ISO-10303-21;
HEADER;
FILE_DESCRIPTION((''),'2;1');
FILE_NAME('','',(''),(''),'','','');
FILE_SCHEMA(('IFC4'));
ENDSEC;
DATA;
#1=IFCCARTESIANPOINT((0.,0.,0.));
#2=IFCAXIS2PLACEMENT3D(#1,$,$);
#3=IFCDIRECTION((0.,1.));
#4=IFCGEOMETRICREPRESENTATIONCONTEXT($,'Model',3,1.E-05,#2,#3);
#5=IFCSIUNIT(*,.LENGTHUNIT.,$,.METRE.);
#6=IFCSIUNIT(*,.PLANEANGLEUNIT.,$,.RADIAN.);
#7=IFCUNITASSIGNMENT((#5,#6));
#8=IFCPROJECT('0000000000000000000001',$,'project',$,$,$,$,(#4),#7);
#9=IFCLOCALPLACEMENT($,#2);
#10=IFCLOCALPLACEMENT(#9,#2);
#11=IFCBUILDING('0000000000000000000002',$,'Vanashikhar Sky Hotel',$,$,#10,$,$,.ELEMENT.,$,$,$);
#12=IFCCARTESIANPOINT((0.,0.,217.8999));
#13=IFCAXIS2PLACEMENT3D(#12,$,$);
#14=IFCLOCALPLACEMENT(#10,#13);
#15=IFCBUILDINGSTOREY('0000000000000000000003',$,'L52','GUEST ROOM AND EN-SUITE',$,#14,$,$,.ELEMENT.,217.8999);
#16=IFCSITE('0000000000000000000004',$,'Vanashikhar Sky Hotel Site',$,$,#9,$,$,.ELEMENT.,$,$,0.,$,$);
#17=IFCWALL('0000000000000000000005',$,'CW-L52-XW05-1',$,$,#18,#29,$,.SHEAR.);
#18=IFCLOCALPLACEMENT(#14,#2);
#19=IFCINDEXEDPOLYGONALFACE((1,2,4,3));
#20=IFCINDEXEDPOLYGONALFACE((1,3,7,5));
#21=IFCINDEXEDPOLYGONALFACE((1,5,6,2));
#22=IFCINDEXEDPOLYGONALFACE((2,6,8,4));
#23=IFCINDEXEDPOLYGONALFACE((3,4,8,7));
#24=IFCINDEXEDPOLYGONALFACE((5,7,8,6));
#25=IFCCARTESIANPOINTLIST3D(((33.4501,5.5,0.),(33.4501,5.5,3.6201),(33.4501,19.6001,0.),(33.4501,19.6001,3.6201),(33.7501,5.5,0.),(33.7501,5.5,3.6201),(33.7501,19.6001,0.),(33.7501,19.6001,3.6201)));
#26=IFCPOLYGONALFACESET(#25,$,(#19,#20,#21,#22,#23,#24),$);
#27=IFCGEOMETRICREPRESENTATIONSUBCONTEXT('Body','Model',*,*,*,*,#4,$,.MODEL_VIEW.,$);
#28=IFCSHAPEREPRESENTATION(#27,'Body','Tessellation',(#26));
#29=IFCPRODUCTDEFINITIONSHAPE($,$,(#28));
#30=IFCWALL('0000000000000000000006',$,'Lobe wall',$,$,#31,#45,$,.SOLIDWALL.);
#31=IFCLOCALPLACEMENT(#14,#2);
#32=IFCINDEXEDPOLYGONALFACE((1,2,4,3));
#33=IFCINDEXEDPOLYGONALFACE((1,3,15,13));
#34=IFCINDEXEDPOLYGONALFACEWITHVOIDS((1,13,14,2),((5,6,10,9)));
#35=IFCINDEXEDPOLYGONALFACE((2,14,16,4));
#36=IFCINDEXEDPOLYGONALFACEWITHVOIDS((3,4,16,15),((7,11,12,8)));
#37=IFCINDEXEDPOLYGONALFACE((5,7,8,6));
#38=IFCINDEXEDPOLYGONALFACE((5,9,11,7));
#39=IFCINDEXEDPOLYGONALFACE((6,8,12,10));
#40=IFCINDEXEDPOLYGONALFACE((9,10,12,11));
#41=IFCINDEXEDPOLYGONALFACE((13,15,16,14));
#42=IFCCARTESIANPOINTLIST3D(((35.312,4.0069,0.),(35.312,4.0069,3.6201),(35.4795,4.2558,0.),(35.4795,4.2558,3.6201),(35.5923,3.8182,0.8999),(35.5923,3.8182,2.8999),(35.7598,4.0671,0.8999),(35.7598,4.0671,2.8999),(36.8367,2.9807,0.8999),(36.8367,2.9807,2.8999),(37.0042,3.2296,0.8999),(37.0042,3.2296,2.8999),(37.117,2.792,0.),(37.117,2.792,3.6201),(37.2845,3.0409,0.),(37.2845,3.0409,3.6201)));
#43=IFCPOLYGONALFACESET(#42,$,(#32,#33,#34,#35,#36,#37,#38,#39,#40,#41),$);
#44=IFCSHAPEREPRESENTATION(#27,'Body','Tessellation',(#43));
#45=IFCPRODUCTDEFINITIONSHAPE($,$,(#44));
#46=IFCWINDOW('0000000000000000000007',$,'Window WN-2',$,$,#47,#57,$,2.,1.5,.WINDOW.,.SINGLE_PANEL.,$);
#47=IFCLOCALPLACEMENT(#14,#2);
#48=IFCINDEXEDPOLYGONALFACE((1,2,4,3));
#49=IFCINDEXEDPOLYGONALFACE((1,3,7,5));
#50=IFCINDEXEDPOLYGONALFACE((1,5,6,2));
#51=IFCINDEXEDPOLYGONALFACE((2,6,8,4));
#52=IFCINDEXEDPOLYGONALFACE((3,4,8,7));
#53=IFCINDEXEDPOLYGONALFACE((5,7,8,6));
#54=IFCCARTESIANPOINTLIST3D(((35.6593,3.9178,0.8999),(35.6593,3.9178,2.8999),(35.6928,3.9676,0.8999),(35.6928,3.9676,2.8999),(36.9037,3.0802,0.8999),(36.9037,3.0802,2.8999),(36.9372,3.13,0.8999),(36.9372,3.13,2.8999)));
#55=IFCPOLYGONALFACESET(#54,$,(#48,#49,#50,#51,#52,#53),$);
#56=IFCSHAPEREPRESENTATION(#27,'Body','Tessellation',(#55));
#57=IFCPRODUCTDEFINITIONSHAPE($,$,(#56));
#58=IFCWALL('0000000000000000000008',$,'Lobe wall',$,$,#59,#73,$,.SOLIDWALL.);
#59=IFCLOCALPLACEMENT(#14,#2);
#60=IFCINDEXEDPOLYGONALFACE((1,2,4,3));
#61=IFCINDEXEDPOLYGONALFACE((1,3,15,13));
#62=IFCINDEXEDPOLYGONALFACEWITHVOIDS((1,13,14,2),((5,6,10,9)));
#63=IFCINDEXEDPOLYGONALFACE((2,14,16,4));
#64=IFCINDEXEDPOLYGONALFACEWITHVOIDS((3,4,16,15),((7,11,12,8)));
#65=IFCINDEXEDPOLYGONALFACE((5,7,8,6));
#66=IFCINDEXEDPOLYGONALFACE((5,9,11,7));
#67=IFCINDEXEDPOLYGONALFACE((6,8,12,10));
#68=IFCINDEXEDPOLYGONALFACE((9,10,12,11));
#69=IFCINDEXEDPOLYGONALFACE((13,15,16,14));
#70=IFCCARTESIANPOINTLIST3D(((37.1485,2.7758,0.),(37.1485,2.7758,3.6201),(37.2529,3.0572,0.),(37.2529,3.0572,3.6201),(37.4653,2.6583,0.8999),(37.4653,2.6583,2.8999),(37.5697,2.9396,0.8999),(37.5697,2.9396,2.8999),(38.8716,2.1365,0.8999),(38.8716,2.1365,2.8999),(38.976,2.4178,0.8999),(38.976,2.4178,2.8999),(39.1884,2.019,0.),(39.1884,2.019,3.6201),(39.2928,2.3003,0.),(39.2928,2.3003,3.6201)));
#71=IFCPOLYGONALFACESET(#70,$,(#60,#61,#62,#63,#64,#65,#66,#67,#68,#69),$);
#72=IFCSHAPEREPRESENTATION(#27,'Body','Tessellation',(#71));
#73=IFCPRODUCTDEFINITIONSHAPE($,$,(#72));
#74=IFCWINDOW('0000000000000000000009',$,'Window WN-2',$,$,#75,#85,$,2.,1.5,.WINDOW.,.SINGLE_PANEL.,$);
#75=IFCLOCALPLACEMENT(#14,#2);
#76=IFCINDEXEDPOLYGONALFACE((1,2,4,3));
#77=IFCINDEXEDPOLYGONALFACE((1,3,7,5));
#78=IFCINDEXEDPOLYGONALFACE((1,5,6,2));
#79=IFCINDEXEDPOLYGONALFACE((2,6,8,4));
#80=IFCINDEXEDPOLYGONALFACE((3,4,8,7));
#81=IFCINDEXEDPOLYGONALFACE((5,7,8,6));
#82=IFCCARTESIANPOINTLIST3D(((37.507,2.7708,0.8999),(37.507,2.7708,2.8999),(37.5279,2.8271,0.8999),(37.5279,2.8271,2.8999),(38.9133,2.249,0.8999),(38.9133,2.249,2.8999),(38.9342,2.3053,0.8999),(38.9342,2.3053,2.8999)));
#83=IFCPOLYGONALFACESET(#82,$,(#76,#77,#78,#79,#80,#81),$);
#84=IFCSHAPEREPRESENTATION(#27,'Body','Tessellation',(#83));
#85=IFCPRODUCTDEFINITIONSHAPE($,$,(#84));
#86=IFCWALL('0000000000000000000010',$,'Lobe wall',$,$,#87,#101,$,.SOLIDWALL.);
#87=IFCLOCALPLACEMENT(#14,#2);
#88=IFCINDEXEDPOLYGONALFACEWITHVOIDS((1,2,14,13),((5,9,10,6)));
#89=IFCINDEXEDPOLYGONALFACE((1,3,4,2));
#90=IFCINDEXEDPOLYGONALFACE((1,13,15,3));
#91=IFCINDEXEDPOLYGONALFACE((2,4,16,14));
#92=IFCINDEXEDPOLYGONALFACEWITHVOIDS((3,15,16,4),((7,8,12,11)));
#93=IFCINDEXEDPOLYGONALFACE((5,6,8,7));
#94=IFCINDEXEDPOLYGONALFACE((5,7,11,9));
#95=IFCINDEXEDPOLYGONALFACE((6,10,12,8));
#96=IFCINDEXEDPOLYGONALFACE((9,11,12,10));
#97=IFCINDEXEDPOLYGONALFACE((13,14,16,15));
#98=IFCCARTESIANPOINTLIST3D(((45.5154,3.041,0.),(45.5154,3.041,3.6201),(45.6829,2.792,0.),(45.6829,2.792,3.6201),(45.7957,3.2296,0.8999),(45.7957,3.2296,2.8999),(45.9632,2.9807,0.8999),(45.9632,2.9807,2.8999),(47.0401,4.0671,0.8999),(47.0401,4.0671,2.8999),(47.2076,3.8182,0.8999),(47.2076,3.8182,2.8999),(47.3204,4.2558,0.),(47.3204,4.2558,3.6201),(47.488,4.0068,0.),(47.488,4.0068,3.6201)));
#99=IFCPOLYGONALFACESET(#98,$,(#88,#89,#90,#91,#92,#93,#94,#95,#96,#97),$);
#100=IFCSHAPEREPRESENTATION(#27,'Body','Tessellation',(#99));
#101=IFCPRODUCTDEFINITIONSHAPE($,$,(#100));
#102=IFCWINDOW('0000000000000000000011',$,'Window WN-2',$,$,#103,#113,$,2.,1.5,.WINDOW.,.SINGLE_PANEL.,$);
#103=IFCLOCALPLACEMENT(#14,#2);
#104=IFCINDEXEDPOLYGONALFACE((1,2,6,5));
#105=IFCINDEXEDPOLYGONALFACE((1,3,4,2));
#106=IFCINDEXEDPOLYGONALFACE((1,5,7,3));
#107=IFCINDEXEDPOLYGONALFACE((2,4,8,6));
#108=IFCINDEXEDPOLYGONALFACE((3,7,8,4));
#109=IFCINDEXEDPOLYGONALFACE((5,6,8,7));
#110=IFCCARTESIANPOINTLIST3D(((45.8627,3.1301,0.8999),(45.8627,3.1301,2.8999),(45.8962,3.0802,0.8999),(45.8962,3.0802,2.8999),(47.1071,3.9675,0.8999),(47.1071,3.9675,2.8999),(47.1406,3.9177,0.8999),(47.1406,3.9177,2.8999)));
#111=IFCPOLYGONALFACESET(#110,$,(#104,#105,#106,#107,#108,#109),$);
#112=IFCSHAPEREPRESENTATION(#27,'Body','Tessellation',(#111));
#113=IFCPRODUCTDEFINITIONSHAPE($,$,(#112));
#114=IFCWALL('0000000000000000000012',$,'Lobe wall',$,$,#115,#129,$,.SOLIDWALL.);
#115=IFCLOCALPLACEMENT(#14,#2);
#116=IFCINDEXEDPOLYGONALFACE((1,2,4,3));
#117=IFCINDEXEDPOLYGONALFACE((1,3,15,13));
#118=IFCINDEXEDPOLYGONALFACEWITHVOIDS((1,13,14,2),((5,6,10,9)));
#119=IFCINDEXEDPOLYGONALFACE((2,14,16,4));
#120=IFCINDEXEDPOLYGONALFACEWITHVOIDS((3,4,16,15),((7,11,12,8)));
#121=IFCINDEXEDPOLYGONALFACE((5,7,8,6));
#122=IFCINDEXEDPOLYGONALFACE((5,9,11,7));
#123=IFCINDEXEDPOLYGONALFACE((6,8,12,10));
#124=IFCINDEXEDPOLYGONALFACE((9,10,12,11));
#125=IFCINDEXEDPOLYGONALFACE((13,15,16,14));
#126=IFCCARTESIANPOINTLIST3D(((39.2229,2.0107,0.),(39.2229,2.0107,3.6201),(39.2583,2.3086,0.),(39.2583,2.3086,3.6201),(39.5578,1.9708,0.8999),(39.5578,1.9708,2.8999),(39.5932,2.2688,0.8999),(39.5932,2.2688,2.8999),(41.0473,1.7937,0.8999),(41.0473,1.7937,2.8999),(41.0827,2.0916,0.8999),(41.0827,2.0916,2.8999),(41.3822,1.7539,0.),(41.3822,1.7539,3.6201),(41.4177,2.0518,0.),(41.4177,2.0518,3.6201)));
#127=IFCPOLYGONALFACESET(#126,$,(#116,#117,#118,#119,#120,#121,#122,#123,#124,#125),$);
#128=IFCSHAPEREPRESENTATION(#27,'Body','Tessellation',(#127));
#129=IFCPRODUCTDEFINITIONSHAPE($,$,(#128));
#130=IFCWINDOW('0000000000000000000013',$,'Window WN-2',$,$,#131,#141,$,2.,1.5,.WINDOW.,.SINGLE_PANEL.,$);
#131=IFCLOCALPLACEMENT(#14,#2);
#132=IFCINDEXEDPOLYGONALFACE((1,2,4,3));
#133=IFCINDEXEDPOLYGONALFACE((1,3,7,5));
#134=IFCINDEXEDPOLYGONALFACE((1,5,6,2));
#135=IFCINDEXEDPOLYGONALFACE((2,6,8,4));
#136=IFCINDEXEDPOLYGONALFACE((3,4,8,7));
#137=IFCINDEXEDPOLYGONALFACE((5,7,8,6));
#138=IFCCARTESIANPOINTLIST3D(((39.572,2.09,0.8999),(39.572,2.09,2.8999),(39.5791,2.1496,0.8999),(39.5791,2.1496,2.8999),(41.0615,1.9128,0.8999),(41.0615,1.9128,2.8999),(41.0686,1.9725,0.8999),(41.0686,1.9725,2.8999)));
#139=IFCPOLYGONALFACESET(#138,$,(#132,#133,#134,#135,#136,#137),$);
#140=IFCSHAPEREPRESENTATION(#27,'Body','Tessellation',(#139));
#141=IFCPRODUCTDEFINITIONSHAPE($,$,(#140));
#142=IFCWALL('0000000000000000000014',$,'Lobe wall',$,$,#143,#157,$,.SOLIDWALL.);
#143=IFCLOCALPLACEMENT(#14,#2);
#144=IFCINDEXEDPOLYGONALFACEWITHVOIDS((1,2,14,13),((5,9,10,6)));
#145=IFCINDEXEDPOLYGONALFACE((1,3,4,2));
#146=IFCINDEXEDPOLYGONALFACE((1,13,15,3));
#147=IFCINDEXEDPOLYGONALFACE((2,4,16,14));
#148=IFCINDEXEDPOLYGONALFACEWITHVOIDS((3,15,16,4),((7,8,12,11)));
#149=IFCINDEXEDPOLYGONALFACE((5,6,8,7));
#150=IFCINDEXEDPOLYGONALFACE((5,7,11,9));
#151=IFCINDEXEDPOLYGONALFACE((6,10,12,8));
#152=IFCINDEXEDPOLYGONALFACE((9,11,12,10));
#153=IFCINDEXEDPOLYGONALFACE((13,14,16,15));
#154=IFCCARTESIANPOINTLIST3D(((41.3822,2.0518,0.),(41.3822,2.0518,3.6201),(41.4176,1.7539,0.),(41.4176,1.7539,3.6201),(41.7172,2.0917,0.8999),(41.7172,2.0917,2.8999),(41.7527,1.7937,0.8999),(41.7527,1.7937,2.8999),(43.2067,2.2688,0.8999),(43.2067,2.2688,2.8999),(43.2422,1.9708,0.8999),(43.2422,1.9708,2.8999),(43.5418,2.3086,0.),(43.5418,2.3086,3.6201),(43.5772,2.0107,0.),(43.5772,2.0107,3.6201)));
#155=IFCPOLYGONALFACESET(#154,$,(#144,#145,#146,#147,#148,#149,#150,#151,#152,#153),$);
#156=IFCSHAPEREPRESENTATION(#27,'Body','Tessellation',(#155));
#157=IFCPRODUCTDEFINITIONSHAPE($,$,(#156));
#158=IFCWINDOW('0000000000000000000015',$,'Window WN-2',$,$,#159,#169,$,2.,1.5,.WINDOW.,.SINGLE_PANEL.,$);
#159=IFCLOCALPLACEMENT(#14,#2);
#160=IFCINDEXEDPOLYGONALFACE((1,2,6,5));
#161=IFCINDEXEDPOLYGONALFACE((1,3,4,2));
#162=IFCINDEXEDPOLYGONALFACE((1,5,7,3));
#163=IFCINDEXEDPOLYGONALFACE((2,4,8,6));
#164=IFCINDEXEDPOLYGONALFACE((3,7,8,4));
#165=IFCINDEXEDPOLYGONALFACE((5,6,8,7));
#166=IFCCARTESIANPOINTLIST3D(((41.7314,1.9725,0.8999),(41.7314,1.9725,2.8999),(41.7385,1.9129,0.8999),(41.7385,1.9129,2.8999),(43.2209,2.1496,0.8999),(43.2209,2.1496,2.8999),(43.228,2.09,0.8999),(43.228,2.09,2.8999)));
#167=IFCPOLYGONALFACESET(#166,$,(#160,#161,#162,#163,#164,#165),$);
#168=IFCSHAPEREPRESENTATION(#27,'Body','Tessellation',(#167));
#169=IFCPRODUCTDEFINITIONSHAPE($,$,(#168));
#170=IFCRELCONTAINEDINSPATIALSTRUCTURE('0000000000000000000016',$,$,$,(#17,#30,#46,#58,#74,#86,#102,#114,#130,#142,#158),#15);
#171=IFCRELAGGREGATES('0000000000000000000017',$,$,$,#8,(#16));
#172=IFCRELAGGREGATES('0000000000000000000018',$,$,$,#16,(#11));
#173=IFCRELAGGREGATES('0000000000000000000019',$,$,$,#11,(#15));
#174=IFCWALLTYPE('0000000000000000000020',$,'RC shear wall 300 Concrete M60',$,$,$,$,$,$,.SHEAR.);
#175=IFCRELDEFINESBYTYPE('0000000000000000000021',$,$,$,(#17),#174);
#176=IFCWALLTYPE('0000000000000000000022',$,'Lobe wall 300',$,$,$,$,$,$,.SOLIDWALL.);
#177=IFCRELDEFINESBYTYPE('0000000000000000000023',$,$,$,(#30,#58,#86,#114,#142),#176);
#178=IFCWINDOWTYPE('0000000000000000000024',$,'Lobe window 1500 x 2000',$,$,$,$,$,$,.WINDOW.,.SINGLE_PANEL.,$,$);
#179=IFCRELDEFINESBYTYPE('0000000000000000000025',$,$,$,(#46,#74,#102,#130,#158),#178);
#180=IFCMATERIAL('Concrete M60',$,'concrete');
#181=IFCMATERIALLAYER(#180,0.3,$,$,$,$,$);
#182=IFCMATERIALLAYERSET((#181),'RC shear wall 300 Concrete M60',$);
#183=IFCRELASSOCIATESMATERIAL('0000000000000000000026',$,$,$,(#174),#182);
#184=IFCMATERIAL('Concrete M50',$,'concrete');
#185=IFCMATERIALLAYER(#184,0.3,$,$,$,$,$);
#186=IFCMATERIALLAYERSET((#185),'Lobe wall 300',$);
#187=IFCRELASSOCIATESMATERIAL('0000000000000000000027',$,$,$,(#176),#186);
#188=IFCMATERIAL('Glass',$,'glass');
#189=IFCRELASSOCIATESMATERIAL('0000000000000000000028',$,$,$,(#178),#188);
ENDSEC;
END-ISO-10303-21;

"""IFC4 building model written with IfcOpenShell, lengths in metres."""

from ifc_helpers import new_model, si_unit, direction, frame, frame_2d, origin, place, context, subcontext, project, spatial, rectangle, extrude, source, transform, mapped, material, layer, layer_set, type_object, element, fill, save


model = new_model("IFC4")

# Units and contexts
model_context = context("Model", 3, precision=1e-05, world=origin(), true_north=direction((0.0, 1.0)))
body_context = subcontext(model_context, "Body", "Model", "MODEL_VIEW")
ifc_project = project(units=[si_unit("LENGTHUNIT", "METRE"), si_unit("PLANEANGLEUNIT", "RADIAN")], contexts=[model_context])

# Site, building, storey
site_placement = place(None, origin())
site = spatial("IfcSite", under=ifc_project, at=site_placement, Name="Vanashikhar Sky Hotel Site", CompositionType="ELEMENT", RefElevation=0.0)
building_placement = place(site_placement, origin())
building = spatial("IfcBuilding", under=site, at=building_placement, Name="Vanashikhar Sky Hotel", CompositionType="ELEMENT")
storey_placement = place(building_placement, frame((0.0, 0.0, 217.8999)))
storey = spatial("IfcBuildingStorey", under=building, at=storey_placement, Name="L52", Description="GUEST ROOM AND EN-SUITE", CompositionType="ELEMENT", Elevation=217.8999)

# Wall
ifc_material_1 = material(Name="Concrete M60", Category="concrete")
ifc_layer_1 = layer(ifc_material_1, 0.3)
ifc_layer_set_1 = layer_set([ifc_layer_1], Name="RC shear wall 300 Concrete M60")
wall_type_1 = type_object("IfcWallType", Name="RC shear wall 300 Concrete M60", PredefinedType="SHEAR", material=ifc_layer_set_1)
shared_shape_1 = source(origin(), body_context, "Body", "SweptSolid", [
    extrude(rectangle(XDim=14.1001, YDim=0.3, at=frame_2d((7.05, 0.0))), origin(), (0.0, 0.0, 1.0), 3.6201),
])
wall_1_placement = place(storey_placement, frame((33.6001, 5.5, 0.0), z_axis=(0.0, 0.0, 1.0), x_axis=(0.0, 1.0, 0.0)))
element("IfcWall", 1, at=wall_1_placement, inside=storey, type_object=wall_type_1, Name="CW-L52-XW05-1", PredefinedType="SHEAR", context=body_context, shape_type="MappedRepresentation", body=[
    mapped(shared_shape_1, transform((0.0, 0.0, 0.0), scale=1.0)),
])

# Walls, openings, windows
ifc_material_2 = material(Name="Concrete M50", Category="concrete")
ifc_layer_2 = layer(ifc_material_2, 0.3)
ifc_layer_set_2 = layer_set([ifc_layer_2], Name="Lobe wall 300")
wall_type_2 = type_object("IfcWallType", Name="Lobe wall 300", PredefinedType="SOLIDWALL", material=ifc_layer_set_2)
shared_shape_2 = source(origin(), body_context, "Body", "SweptSolid", [
    extrude(rectangle(XDim=2.1758, YDim=0.3, at=frame_2d((1.0879, 0.0))), origin(), (0.0, 0.0, 1.0), 3.6201),
])
wall_2_placement = place(storey_placement, frame((35.3958, 4.1313, 0.0), z_axis=(0.0, 0.0, 1.0), x_axis=(0.829591, -0.558372, 0.0)))
wall_2 = element("IfcWall", 2, at=wall_2_placement, inside=storey, type_object=wall_type_2, Name="Lobe wall", PredefinedType="SOLIDWALL", context=body_context, shape_type="MappedRepresentation", body=[
    mapped(shared_shape_2, transform((0.0, 0.0, 0.0), scale=1.0)),
])
shared_shape_3 = source(origin(), body_context, "Body", "SweptSolid", [
    extrude(rectangle(XDim=1.5, YDim=2.0, at=frame_2d((0.75, 1.0))), frame((0.0, 0.1602, 0.0), z_axis=(0.0, -1.0, 0.0), x_axis=(1.0, 0.0, 0.0)), (0.0, 0.0, 1.0), 0.3201),
])
opening_1_placement = place(wall_2_placement, frame((0.3379, 0.0, 0.8999)))
opening_1 = element("IfcOpeningElement", 3, at=opening_1_placement, cuts=wall_2, PredefinedType="OPENING", context=body_context, shape_type="MappedRepresentation", body=[
    mapped(shared_shape_3, transform((0.0, 0.0, 0.0), scale=1.0)),
])
ifc_material_3 = material(Name="Glass", Category="glass")
window_type = type_object("IfcWindowType", Name="Lobe window 1500 x 2000", PartitioningType="SINGLE_PANEL", PredefinedType="WINDOW", material=ifc_material_3)
shared_shape_4 = source(origin(), body_context, "Body", "SweptSolid", [
    extrude(rectangle(XDim=1.5, YDim=2.0, at=frame_2d((0.75, 1.0))), frame((0.0, 0.03, 0.0), z_axis=(0.0, -1.0, 0.0), x_axis=(1.0, 0.0, 0.0)), (0.0, 0.0, 1.0), 0.0601),
])
window_1_placement = place(opening_1_placement, origin())
window_1 = element("IfcWindow", 4, at=window_1_placement, inside=storey, type_object=window_type, Name="Window WN-2", OverallHeight=2.0, OverallWidth=1.5, PartitioningType="SINGLE_PANEL", PredefinedType="WINDOW", context=body_context, shape_type="MappedRepresentation", body=[
    mapped(shared_shape_4, transform((0.0, 0.0, 0.0), scale=1.0)),
])
fill(opening_1, window_1)
wall_3_placement = place(storey_placement, frame((37.2007, 2.9165, 0.0), z_axis=(0.0, 0.0, 1.0), x_axis=(0.937546, -0.347863, 0.0)))
wall_3 = element("IfcWall", 5, at=wall_3_placement, inside=storey, type_object=wall_type_2, Name="Lobe wall", PredefinedType="SOLIDWALL", context=body_context, shape_type="MappedRepresentation", body=[
    mapped(shared_shape_2, transform((0.0, 0.0, 0.0), scale=1.0)),
])
opening_2_placement = place(wall_3_placement, frame((0.3379, 0.0, 0.8999)))
opening_2 = element("IfcOpeningElement", 6, at=opening_2_placement, cuts=wall_3, PredefinedType="OPENING", context=body_context, shape_type="MappedRepresentation", body=[
    mapped(shared_shape_3, transform((0.0, 0.0, 0.0), scale=1.0)),
])
window_2_placement = place(opening_2_placement, origin())
window_2 = element("IfcWindow", 7, at=window_2_placement, inside=storey, type_object=window_type, Name="Window WN-2", OverallHeight=2.0, OverallWidth=1.5, PartitioningType="SINGLE_PANEL", PredefinedType="WINDOW", context=body_context, shape_type="MappedRepresentation", body=[
    mapped(shared_shape_4, transform((0.0, 0.0, 0.0), scale=1.0)),
])
fill(opening_2, window_2)
wall_4_placement = place(storey_placement, frame((45.5991, 2.9165, 0.0), z_axis=(0.0, 0.0, 1.0), x_axis=(0.829626, 0.55832, 0.0)))
wall_4 = element("IfcWall", 8, at=wall_4_placement, inside=storey, type_object=wall_type_2, Name="Lobe wall", PredefinedType="SOLIDWALL", context=body_context, shape_type="MappedRepresentation", body=[
    mapped(shared_shape_2, transform((0.0, 0.0, 0.0), scale=1.0)),
])
opening_3_placement = place(wall_4_placement, frame((0.3379, 0.0, 0.8999)))
opening_3 = element("IfcOpeningElement", 9, at=opening_3_placement, cuts=wall_4, PredefinedType="OPENING", context=body_context, shape_type="MappedRepresentation", body=[
    mapped(shared_shape_3, transform((0.0, 0.0, 0.0), scale=1.0)),
])
window_3_placement = place(opening_3_placement, origin())
window_3 = element("IfcWindow", 10, at=window_3_placement, inside=storey, type_object=window_type, Name="Window WN-2", OverallHeight=2.0, OverallWidth=1.5, PartitioningType="SINGLE_PANEL", PredefinedType="WINDOW", context=body_context, shape_type="MappedRepresentation", body=[
    mapped(shared_shape_4, transform((0.0, 0.0, 0.0), scale=1.0)),
])
fill(opening_3, window_3)
shared_shape_5 = source(origin(), body_context, "Body", "SweptSolid", [
    extrude(rectangle(XDim=2.1746, YDim=0.3, at=frame_2d((1.0874, 0.0))), origin(), (0.0, 0.0, 1.0), 3.6201),
])
wall_5_placement = place(storey_placement, frame((39.2405, 2.1597, 0.0), z_axis=(0.0, 0.0, 1.0), x_axis=(0.993001, -0.118105, 0.0)))
wall_5 = element("IfcWall", 11, at=wall_5_placement, inside=storey, type_object=wall_type_2, Name="Lobe wall", PredefinedType="SOLIDWALL", context=body_context, shape_type="MappedRepresentation", body=[
    mapped(shared_shape_5, transform((0.0, 0.0, 0.0), scale=1.0)),
])
opening_4_placement = place(wall_5_placement, frame((0.3374, 0.0, 0.8999)))
opening_4 = element("IfcOpeningElement", 12, at=opening_4_placement, cuts=wall_5, PredefinedType="OPENING", context=body_context, shape_type="MappedRepresentation", body=[
    mapped(shared_shape_3, transform((0.0, 0.0, 0.0), scale=1.0)),
])
window_4_placement = place(opening_4_placement, origin())
window_4 = element("IfcWindow", 13, at=window_4_placement, inside=storey, type_object=window_type, Name="Window WN-2", OverallHeight=2.0, OverallWidth=1.5, PartitioningType="SINGLE_PANEL", PredefinedType="WINDOW", context=body_context, shape_type="MappedRepresentation", body=[
    mapped(shared_shape_4, transform((0.0, 0.0, 0.0), scale=1.0)),
])
fill(opening_4, window_4)
shared_shape_6 = source(origin(), body_context, "Body", "SweptSolid", [
    extrude(rectangle(XDim=2.1748, YDim=0.3, at=frame_2d((1.0874, 0.0))), origin(), (0.0, 0.0, 1.0), 3.6201),
])
wall_6_placement = place(storey_placement, frame((41.3999, 1.9028, 0.0), z_axis=(0.0, 0.0, 1.0), x_axis=(0.993003, 0.118092, 0.0)))
wall_6 = element("IfcWall", 14, at=wall_6_placement, inside=storey, type_object=wall_type_2, Name="Lobe wall", PredefinedType="SOLIDWALL", context=body_context, shape_type="MappedRepresentation", body=[
    mapped(shared_shape_6, transform((0.0, 0.0, 0.0), scale=1.0)),
])
opening_5_placement = place(wall_6_placement, frame((0.3374, 0.0, 0.8999)))
opening_5 = element("IfcOpeningElement", 15, at=opening_5_placement, cuts=wall_6, PredefinedType="OPENING", context=body_context, shape_type="MappedRepresentation", body=[
    mapped(shared_shape_3, transform((0.0, 0.0, 0.0), scale=1.0)),
])
window_5_placement = place(opening_5_placement, origin())
window_5 = element("IfcWindow", 16, at=window_5_placement, inside=storey, type_object=window_type, Name="Window WN-2", OverallHeight=2.0, OverallWidth=1.5, PartitioningType="SINGLE_PANEL", PredefinedType="WINDOW", context=body_context, shape_type="MappedRepresentation", body=[
    mapped(shared_shape_4, transform((0.0, 0.0, 0.0), scale=1.0)),
])
fill(opening_5, window_5)

save(model, "model.ifc")
